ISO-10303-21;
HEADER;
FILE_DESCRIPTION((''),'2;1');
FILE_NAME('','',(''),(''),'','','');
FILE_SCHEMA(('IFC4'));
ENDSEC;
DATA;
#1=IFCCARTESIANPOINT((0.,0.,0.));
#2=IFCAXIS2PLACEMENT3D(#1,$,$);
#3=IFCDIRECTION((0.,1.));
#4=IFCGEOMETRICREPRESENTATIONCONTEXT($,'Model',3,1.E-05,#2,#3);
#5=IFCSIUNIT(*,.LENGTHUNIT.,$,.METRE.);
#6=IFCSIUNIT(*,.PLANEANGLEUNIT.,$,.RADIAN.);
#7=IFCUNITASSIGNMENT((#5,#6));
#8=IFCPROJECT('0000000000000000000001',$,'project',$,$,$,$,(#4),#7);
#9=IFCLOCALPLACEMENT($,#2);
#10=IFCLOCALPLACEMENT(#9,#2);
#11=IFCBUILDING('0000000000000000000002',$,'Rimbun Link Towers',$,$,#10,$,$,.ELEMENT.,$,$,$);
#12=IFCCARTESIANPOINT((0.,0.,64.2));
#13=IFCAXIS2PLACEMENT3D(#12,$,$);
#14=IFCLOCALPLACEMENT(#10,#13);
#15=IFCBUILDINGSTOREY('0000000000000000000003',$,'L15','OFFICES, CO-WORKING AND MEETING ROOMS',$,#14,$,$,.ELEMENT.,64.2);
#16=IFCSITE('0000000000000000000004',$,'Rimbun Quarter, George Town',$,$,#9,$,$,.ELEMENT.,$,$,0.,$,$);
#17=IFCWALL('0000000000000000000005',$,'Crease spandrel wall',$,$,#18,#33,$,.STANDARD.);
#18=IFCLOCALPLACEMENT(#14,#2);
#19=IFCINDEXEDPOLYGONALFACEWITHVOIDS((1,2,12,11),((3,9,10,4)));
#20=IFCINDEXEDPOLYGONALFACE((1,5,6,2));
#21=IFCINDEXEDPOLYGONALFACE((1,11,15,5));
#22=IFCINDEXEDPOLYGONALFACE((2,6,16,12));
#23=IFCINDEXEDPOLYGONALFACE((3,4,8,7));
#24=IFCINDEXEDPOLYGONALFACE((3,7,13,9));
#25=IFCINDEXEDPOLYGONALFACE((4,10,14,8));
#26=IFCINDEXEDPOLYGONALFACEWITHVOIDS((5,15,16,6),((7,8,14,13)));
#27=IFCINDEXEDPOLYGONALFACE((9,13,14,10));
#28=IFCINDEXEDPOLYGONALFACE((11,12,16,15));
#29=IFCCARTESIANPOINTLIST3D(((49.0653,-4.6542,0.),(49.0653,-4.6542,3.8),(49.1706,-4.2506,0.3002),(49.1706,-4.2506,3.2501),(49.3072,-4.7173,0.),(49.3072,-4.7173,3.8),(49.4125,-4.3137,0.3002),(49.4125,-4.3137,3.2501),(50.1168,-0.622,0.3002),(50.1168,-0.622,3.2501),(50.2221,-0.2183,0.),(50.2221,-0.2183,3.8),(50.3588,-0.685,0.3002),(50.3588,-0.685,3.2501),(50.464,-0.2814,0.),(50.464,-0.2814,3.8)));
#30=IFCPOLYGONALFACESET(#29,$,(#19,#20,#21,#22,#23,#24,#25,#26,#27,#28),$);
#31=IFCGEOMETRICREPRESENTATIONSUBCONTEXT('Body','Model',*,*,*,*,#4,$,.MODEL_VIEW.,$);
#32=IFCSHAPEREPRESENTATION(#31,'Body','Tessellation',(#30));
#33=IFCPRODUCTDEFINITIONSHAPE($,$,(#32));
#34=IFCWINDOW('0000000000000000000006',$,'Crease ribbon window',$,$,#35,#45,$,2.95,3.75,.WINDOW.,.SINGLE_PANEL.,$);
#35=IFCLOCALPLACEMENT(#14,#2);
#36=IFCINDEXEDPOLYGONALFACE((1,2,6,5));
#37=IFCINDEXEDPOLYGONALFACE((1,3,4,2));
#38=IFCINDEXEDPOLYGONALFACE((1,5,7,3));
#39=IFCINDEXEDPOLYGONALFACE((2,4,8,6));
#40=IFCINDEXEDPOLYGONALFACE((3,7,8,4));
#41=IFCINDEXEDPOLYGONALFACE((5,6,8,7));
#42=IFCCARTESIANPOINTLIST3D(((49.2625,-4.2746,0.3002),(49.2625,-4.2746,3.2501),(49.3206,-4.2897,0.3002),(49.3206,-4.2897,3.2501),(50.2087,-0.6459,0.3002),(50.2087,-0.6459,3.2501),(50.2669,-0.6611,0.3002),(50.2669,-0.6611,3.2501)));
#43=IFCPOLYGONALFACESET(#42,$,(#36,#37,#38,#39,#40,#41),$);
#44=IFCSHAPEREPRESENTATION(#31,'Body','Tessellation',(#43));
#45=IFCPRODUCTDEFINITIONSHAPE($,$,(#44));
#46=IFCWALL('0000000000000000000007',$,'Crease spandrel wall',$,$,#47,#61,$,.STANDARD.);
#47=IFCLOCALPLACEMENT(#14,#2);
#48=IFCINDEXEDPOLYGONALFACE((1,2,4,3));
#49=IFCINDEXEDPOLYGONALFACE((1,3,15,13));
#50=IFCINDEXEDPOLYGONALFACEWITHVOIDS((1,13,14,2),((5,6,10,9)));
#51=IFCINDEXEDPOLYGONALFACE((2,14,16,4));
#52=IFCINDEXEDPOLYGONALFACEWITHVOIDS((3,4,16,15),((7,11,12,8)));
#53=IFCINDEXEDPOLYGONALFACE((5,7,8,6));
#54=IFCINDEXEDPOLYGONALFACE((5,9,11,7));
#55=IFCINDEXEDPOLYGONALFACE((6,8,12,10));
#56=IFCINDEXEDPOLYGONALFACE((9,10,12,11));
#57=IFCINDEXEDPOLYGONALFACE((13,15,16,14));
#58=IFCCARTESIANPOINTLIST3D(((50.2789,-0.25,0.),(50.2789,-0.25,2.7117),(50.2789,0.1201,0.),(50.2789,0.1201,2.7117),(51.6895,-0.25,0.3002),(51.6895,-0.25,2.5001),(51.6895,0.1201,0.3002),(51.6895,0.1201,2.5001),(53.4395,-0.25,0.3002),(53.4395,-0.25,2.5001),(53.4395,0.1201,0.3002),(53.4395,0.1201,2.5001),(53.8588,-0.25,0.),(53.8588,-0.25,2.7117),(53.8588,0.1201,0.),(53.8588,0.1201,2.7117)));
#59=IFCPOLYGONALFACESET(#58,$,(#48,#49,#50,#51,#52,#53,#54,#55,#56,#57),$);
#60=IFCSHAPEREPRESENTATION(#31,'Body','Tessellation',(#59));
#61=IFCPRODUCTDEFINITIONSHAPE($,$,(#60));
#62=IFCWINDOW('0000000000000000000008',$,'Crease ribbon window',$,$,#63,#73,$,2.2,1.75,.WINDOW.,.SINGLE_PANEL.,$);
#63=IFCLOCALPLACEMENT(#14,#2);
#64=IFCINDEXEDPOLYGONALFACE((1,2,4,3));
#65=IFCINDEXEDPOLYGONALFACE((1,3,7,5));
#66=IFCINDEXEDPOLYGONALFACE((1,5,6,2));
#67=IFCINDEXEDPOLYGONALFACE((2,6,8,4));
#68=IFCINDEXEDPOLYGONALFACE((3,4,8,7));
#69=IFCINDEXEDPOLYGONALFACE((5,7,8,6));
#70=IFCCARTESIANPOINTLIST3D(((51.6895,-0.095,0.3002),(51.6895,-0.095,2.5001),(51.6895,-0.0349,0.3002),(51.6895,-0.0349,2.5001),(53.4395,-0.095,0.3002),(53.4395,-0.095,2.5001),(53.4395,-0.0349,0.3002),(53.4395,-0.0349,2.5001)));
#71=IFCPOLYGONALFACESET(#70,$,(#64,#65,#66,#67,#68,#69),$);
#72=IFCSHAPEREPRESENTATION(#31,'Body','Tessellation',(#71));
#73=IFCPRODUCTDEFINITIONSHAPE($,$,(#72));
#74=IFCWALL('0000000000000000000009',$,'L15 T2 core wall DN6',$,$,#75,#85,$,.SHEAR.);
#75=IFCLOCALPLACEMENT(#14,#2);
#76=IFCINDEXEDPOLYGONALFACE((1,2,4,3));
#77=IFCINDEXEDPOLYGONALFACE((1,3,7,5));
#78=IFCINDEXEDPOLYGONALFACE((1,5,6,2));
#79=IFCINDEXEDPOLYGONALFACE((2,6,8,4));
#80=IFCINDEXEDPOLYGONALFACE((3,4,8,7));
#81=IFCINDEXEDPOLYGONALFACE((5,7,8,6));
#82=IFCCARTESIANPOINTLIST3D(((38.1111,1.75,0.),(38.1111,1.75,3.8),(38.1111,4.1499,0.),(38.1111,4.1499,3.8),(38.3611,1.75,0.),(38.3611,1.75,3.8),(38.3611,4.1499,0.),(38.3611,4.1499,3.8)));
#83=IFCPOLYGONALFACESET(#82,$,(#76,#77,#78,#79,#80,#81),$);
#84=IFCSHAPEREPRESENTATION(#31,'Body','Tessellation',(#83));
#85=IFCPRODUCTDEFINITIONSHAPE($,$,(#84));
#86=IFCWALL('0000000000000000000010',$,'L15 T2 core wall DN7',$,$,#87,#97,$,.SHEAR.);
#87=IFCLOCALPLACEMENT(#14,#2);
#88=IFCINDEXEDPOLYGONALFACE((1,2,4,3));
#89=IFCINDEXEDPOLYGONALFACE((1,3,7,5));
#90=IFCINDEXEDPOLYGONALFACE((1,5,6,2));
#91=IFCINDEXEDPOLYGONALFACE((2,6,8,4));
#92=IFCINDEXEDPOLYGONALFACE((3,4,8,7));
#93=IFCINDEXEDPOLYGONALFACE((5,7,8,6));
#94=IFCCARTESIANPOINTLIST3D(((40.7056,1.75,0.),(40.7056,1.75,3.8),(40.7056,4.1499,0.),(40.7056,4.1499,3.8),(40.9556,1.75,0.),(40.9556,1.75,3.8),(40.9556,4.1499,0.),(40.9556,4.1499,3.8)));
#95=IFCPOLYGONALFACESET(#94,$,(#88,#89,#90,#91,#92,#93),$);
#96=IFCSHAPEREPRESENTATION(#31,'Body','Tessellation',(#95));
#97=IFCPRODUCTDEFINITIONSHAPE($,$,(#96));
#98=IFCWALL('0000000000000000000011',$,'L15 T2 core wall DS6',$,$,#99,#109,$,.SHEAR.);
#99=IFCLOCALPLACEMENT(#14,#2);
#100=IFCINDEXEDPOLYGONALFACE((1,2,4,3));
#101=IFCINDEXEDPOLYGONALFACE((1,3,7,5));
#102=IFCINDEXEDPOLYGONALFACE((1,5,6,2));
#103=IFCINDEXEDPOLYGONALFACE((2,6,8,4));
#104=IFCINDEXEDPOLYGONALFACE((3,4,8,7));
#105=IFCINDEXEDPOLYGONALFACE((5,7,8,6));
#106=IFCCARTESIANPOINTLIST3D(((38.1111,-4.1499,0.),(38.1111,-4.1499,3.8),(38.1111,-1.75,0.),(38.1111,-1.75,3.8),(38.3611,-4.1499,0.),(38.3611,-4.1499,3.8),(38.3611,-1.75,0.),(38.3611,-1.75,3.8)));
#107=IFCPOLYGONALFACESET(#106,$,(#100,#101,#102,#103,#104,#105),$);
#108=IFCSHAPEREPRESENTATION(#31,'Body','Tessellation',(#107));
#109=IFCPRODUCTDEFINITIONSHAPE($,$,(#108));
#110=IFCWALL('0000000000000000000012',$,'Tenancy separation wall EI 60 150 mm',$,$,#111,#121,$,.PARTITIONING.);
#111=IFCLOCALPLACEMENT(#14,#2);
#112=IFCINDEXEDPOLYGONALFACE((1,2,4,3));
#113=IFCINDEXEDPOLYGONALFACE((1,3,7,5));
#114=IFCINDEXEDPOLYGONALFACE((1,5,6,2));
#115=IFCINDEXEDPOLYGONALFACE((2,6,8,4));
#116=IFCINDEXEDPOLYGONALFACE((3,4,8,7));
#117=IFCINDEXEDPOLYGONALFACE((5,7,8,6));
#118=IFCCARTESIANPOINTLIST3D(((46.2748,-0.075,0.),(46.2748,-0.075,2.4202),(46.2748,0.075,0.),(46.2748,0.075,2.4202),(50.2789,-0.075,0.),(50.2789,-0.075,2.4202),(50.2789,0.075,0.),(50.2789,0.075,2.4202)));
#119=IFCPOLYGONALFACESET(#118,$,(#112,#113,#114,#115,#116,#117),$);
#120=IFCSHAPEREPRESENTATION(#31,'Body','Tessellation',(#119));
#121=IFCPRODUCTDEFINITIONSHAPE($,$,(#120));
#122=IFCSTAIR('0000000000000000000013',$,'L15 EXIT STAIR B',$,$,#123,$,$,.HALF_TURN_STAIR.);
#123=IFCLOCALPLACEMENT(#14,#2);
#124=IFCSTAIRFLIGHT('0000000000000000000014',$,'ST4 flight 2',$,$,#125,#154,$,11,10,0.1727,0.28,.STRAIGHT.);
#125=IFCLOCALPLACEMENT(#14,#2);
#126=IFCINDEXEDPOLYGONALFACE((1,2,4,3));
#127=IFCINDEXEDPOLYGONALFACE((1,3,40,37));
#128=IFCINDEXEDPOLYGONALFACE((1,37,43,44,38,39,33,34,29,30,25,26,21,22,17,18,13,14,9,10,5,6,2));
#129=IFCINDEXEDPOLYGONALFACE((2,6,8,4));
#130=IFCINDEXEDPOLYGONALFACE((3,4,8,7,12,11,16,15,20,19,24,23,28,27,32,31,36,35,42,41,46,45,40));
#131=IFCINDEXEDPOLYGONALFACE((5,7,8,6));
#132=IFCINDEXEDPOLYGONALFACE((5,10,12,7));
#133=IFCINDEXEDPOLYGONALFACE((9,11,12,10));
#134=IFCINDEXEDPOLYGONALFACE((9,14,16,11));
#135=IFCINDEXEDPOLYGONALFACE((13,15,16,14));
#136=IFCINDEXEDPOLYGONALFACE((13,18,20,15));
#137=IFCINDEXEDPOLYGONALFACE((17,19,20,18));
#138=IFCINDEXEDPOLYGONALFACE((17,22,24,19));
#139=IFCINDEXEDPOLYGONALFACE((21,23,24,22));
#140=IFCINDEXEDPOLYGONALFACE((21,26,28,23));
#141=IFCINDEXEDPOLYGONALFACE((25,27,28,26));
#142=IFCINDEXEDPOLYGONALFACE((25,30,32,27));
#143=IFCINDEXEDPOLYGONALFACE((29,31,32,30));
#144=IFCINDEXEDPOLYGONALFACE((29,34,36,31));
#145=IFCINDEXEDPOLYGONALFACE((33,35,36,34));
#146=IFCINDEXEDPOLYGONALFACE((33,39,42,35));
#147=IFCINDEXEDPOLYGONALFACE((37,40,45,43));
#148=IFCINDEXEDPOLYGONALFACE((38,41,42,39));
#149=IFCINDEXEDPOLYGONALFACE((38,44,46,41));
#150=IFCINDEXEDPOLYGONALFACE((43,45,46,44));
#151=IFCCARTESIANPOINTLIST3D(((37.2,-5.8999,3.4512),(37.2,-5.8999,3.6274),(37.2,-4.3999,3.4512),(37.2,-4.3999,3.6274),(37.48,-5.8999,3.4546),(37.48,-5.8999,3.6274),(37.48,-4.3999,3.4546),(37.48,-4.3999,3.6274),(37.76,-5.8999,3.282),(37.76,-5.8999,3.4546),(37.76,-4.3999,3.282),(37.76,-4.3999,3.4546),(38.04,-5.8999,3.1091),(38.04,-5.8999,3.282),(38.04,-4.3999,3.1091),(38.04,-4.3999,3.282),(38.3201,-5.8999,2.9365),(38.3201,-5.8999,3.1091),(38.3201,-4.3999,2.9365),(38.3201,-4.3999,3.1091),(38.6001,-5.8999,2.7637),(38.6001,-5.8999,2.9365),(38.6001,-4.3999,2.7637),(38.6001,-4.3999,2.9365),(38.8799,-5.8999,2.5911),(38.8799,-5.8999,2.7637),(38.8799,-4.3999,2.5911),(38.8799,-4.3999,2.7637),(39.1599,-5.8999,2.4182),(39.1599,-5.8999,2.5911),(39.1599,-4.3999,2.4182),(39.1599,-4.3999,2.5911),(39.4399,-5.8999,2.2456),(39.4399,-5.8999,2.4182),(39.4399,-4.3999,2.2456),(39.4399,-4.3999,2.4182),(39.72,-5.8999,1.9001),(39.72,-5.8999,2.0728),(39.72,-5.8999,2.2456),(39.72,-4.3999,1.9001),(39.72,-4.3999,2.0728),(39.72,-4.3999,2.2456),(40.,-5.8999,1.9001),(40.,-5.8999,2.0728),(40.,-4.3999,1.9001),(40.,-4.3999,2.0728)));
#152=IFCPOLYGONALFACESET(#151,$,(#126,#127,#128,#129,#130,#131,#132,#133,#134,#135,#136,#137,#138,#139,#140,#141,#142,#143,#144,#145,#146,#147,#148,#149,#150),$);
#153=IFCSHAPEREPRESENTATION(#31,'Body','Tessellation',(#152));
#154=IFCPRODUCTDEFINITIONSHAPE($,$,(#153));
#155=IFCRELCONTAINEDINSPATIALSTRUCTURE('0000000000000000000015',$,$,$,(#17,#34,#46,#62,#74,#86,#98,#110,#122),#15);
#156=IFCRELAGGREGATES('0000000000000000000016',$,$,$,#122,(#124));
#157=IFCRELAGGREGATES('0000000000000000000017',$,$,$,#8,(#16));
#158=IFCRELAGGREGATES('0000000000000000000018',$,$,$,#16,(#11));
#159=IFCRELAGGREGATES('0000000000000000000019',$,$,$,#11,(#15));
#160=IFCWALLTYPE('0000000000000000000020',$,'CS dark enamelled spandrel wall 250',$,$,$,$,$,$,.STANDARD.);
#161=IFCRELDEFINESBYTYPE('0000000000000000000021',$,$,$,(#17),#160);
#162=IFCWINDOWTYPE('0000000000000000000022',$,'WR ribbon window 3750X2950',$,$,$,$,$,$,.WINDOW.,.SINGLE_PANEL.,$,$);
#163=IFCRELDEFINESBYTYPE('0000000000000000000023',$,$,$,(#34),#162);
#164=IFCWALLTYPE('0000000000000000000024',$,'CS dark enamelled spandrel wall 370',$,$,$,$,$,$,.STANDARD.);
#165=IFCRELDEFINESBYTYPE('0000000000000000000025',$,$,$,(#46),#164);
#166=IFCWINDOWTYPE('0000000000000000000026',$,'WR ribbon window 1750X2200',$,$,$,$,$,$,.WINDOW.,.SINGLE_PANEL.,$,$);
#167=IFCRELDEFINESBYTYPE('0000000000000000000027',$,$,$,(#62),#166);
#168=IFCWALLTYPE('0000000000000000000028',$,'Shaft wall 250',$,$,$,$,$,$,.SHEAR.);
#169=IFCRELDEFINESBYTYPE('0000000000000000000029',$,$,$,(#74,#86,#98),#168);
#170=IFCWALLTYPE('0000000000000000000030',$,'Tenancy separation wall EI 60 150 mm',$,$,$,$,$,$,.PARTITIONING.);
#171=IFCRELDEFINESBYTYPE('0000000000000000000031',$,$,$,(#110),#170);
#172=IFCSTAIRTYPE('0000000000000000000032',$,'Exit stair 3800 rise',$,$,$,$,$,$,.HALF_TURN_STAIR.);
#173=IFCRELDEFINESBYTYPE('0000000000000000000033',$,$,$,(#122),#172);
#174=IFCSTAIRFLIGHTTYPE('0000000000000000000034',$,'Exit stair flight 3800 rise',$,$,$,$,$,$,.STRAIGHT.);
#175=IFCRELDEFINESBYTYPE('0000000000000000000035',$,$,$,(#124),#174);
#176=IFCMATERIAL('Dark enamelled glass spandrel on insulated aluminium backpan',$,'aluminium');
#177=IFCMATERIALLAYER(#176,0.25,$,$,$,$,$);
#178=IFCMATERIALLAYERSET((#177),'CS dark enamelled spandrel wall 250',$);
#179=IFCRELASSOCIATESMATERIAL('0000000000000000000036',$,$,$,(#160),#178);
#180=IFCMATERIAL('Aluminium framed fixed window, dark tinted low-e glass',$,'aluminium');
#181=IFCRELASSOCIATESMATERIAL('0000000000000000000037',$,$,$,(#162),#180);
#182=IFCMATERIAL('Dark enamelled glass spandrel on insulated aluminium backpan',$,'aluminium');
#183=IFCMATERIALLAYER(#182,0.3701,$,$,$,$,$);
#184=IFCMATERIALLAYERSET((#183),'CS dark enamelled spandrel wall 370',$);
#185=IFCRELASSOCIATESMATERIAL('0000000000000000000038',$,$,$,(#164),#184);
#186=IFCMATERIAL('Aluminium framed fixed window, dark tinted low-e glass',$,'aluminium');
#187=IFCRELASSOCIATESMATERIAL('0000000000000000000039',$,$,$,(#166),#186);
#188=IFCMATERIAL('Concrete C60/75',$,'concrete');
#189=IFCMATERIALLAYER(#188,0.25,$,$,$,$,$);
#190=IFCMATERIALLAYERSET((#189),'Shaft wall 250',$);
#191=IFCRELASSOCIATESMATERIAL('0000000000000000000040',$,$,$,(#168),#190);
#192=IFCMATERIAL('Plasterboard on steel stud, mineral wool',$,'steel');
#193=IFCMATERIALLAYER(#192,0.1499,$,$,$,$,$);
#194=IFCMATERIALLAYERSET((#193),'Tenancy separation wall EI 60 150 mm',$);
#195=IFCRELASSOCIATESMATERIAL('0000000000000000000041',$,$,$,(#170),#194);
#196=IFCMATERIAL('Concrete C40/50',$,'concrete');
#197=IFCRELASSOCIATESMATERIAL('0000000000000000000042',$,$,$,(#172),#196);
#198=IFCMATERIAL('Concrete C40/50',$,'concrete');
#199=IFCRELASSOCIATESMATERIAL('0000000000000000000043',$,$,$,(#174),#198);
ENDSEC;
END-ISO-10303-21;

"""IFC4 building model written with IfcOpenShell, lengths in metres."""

from ifc_helpers import new_model, si_unit, direction, frame, frame_2d, origin, place, context, subcontext, project, spatial, polyline, rectangle, outline, extrude, material, layer, layer_set, type_object, element, fill, aggregate, save


model = new_model("IFC4")

# Units and contexts
model_context = context("Model", 3, precision=1e-05, world=origin(), true_north=direction((0.0, 1.0)))
body_context = subcontext(model_context, "Body", "Model", "MODEL_VIEW")
ifc_project = project(units=[si_unit("LENGTHUNIT", "METRE"), si_unit("PLANEANGLEUNIT", "RADIAN")], contexts=[model_context])

# Site, building, storey
site_placement = place(None, origin())
site = spatial("IfcSite", under=ifc_project, at=site_placement, Name="Rimbun Quarter, George Town", CompositionType="ELEMENT", RefElevation=0.0)
building_placement = place(site_placement, origin())
building = spatial("IfcBuilding", under=site, at=building_placement, Name="Rimbun Link Towers", CompositionType="ELEMENT")
storey_placement = place(building_placement, frame((0.0, 0.0, 64.2)))
storey = spatial("IfcBuildingStorey", under=building, at=storey_placement, Name="L15", Description="OFFICES, CO-WORKING AND MEETING ROOMS", CompositionType="ELEMENT", Elevation=64.2)

# Walls, openings, windows
ifc_material_1 = material(Name="Dark enamelled glass spandrel on insulated aluminium backpan", Category="aluminium")
ifc_layer_1 = layer(ifc_material_1, 0.25)
ifc_layer_set_1 = layer_set([ifc_layer_1], Name="CS dark enamelled spandrel wall 250")
wall_type_1 = type_object("IfcWallType", Name="CS dark enamelled spandrel wall 250", PredefinedType="STANDARD", material=ifc_layer_set_1)
wall_1_placement = place(storey_placement, frame((50.343, -0.25, 0.0), z_axis=(0.0, 0.0, 1.0), x_axis=(-0.252335, -0.96764, 0.0)))
wall_1 = element("IfcWall", 1, at=wall_1_placement, inside=storey, type_object=wall_type_1, Name="Crease spandrel wall", PredefinedType="STANDARD", context=body_context, shape_type="SweptSolid", body=[
    extrude(rectangle(XDim=4.5842, YDim=0.25, at=frame_2d((2.292, 0.0))), origin(), (0.0, 0.0, 1.0), 3.8),
])
opening_1_placement = place(wall_1_placement, frame((0.417, 0.0, 0.3)))
opening_1 = element("IfcOpeningElement", 2, at=opening_1_placement, cuts=wall_1, PredefinedType="OPENING", context=body_context, shape_type="SweptSolid", body=[
    extrude(rectangle(XDim=3.75, YDim=2.95, at=frame_2d((1.875, 1.4751))), frame((0.0, 0.135, 0.0), z_axis=(0.0, -1.0, 0.0), x_axis=(1.0, 0.0, 0.0)), (0.0, 0.0, 1.0), 0.27),
])
ifc_material_2 = material(Name="Aluminium framed fixed window, dark tinted low-e glass", Category="aluminium")
window_type_1 = type_object("IfcWindowType", Name="WR ribbon window 3750X2950", PartitioningType="SINGLE_PANEL", PredefinedType="WINDOW", material=ifc_material_2)
window_1_placement = place(opening_1_placement, origin())
window_1 = element("IfcWindow", 3, at=window_1_placement, inside=storey, type_object=window_type_1, Name="Crease ribbon window", OverallHeight=2.95, OverallWidth=3.75, PartitioningType="SINGLE_PANEL", PredefinedType="WINDOW", context=body_context, shape_type="SweptSolid", body=[
    extrude(rectangle(XDim=3.75, YDim=2.95, at=frame_2d((1.875, 1.4751))), frame((0.0, 0.03, 0.0), z_axis=(0.0, -1.0, 0.0), x_axis=(1.0, 0.0, 0.0)), (0.0, 0.0, 1.0), 0.0601),
])
fill(opening_1, window_1)
ifc_material_3 = material(Name="Dark enamelled glass spandrel on insulated aluminium backpan", Category="aluminium")
ifc_layer_2 = layer(ifc_material_3, 0.3701)
ifc_layer_set_2 = layer_set([ifc_layer_2], Name="CS dark enamelled spandrel wall 370")
wall_type_2 = type_object("IfcWallType", Name="CS dark enamelled spandrel wall 370", PredefinedType="STANDARD", material=ifc_layer_set_2)
wall_2_placement = place(storey_placement, frame((53.8589, -0.0649, 0.0), z_axis=(0.0, 0.0, 1.0), x_axis=(-1.0, 0.0, 0.0)))
wall_2 = element("IfcWall", 4, at=wall_2_placement, inside=storey, type_object=wall_type_2, Name="Crease spandrel wall", PredefinedType="STANDARD", context=body_context, shape_type="SweptSolid", body=[
    extrude(rectangle(XDim=3.5798, YDim=0.3701, at=frame_2d((1.79, 0.0))), origin(), (0.0, 0.0, 1.0), 2.7117),
])
opening_2_placement = place(wall_2_placement, frame((0.4194, 0.0, 0.3)))
opening_2 = element("IfcOpeningElement", 5, at=opening_2_placement, cuts=wall_2, PredefinedType="OPENING", context=body_context, shape_type="SweptSolid", body=[
    extrude(rectangle(XDim=1.75, YDim=2.2, at=frame_2d((0.875, 1.1001))), frame((0.0, 0.1951, 0.0), z_axis=(0.0, -1.0, 0.0), x_axis=(1.0, 0.0, 0.0)), (0.0, 0.0, 1.0), 0.3901),
])
ifc_material_4 = material(Name="Aluminium framed fixed window, dark tinted low-e glass", Category="aluminium")
window_type_2 = type_object("IfcWindowType", Name="WR ribbon window 1750X2200", PartitioningType="SINGLE_PANEL", PredefinedType="WINDOW", material=ifc_material_4)
window_2_placement = place(opening_2_placement, origin())
window_2 = element("IfcWindow", 6, at=window_2_placement, inside=storey, type_object=window_type_2, Name="Crease ribbon window", OverallHeight=2.2, OverallWidth=1.75, PartitioningType="SINGLE_PANEL", PredefinedType="WINDOW", context=body_context, shape_type="SweptSolid", body=[
    extrude(rectangle(XDim=1.75, YDim=2.2, at=frame_2d((0.875, 1.1001))), frame((0.0, 0.03, 0.0), z_axis=(0.0, -1.0, 0.0), x_axis=(1.0, 0.0, 0.0)), (0.0, 0.0, 1.0), 0.0601),
])
fill(opening_2, window_2)

# Walls
ifc_material_5 = material(Name="Concrete C60/75", Category="concrete")
ifc_layer_3 = layer(ifc_material_5, 0.25)
ifc_layer_set_3 = layer_set([ifc_layer_3], Name="Shaft wall 250")
wall_type_3 = type_object("IfcWallType", Name="Shaft wall 250", PredefinedType="SHEAR", material=ifc_layer_set_3)
for number, where, z_axis, x_axis, name in (
    (7, (38.2361, 1.75, 0.0), (0.0, 0.0, 1.0), (0.0, 1.0, 0.0), "L15 T2 core wall DN6"),
    (8, (40.8306, 1.75, 0.0), (0.0, 0.0, 1.0), (0.0, 1.0, 0.0), "L15 T2 core wall DN7"),
    (9, (38.2361, -4.1499, 0.0), (0.0, 0.0, 1.0), (0.0, 1.0, 0.0), "L15 T2 core wall DS6"),
):
    element("IfcWall", number, at=place(storey_placement, frame(where, z_axis=z_axis, x_axis=x_axis)), inside=storey, type_object=wall_type_3, Name=name, PredefinedType="SHEAR", context=body_context, shape_type="SweptSolid", body=[
        extrude(rectangle(XDim=2.3999, YDim=0.25, at=frame_2d((1.2, 0.0))), origin(), (0.0, 0.0, 1.0), 3.8),
    ])
ifc_material_6 = material(Name="Plasterboard on steel stud, mineral wool", Category="steel")
ifc_layer_4 = layer(ifc_material_6, 0.1499)
ifc_layer_set_4 = layer_set([ifc_layer_4], Name="Tenancy separation wall EI 60 150 mm")
wall_type_4 = type_object("IfcWallType", Name="Tenancy separation wall EI 60 150 mm", PredefinedType="PARTITIONING", material=ifc_layer_set_4)
wall_3_placement = place(storey_placement, frame((46.2749, 0.0, 0.0), z_axis=(0.0, 0.0, 1.0), x_axis=(1.0, 0.0, 0.0)))
element("IfcWall", 10, at=wall_3_placement, inside=storey, type_object=wall_type_4, Name="Tenancy separation wall EI 60 150 mm", PredefinedType="PARTITIONING", context=body_context, shape_type="SweptSolid", body=[
    extrude(rectangle(XDim=4.0042, YDim=0.1499, at=frame_2d((2.002, 0.0))), origin(), (0.0, 0.0, 1.0), 2.4202),
])

# Stair, stair flight
ifc_material_7 = material(Name="Concrete C40/50", Category="concrete")
stair_type = type_object("IfcStairType", Name="Exit stair 3800 rise", PredefinedType="HALF_TURN_STAIR", material=ifc_material_7)
stair_placement = place(storey_placement, origin())
stair = element("IfcStair", 11, at=stair_placement, inside=storey, type_object=stair_type, Name="L15 EXIT STAIR B", PredefinedType="HALF_TURN_STAIR")
ifc_material_8 = material(Name="Concrete C40/50", Category="concrete")
stair_flight_type = type_object("IfcStairFlightType", Name="Exit stair flight 3800 rise", PredefinedType="STRAIGHT", material=ifc_material_8)
stair_flight_placement = place(storey_placement, frame((40.0, -5.1499, 1.9001), z_axis=(0.0, 0.0, 1.0), x_axis=(-1.0, 0.0, 0.0)))
stair_flight = element("IfcStairFlight", 12, at=stair_flight_placement, type_object=stair_flight_type, Name="ST4 flight 2", NumberOfRisers=11, NumberOfTreads=10, PredefinedType="STRAIGHT", RiserHeight=0.1727, TreadLength=0.28, context=body_context, shape_type="SweptSolid", body=[
    extrude(outline(polyline([(0.0, 0.0), (0.0, 0.1726), (0.28, 0.1726), (0.28, 0.3455), (0.5601, 0.3455), (0.5601, 0.5181), (0.8401, 0.5181), (0.8401, 0.6909), (1.1201, 0.6909), (1.1201, 0.8635), (1.3999, 0.8635), (1.3999, 1.0364), (1.6799, 1.0364), (1.6799, 1.209), (1.96, 1.209), (1.96, 1.3818), (2.24, 1.3818), (2.24, 1.5544), (2.52, 1.5544), (2.52, 1.7273), (2.8, 1.7273), (2.8, 1.8999), (2.8, 1.551), (0.28, 0.0), (0.0, 0.0)])), frame((0.0, 0.75, 0.0), z_axis=(0.0, -1.0, 0.0), x_axis=(1.0, 0.0, 0.0)), (0.0, 0.0, 1.0), 1.5),
])
aggregate(stair, [stair_flight])

save(model, "model.ifc")
